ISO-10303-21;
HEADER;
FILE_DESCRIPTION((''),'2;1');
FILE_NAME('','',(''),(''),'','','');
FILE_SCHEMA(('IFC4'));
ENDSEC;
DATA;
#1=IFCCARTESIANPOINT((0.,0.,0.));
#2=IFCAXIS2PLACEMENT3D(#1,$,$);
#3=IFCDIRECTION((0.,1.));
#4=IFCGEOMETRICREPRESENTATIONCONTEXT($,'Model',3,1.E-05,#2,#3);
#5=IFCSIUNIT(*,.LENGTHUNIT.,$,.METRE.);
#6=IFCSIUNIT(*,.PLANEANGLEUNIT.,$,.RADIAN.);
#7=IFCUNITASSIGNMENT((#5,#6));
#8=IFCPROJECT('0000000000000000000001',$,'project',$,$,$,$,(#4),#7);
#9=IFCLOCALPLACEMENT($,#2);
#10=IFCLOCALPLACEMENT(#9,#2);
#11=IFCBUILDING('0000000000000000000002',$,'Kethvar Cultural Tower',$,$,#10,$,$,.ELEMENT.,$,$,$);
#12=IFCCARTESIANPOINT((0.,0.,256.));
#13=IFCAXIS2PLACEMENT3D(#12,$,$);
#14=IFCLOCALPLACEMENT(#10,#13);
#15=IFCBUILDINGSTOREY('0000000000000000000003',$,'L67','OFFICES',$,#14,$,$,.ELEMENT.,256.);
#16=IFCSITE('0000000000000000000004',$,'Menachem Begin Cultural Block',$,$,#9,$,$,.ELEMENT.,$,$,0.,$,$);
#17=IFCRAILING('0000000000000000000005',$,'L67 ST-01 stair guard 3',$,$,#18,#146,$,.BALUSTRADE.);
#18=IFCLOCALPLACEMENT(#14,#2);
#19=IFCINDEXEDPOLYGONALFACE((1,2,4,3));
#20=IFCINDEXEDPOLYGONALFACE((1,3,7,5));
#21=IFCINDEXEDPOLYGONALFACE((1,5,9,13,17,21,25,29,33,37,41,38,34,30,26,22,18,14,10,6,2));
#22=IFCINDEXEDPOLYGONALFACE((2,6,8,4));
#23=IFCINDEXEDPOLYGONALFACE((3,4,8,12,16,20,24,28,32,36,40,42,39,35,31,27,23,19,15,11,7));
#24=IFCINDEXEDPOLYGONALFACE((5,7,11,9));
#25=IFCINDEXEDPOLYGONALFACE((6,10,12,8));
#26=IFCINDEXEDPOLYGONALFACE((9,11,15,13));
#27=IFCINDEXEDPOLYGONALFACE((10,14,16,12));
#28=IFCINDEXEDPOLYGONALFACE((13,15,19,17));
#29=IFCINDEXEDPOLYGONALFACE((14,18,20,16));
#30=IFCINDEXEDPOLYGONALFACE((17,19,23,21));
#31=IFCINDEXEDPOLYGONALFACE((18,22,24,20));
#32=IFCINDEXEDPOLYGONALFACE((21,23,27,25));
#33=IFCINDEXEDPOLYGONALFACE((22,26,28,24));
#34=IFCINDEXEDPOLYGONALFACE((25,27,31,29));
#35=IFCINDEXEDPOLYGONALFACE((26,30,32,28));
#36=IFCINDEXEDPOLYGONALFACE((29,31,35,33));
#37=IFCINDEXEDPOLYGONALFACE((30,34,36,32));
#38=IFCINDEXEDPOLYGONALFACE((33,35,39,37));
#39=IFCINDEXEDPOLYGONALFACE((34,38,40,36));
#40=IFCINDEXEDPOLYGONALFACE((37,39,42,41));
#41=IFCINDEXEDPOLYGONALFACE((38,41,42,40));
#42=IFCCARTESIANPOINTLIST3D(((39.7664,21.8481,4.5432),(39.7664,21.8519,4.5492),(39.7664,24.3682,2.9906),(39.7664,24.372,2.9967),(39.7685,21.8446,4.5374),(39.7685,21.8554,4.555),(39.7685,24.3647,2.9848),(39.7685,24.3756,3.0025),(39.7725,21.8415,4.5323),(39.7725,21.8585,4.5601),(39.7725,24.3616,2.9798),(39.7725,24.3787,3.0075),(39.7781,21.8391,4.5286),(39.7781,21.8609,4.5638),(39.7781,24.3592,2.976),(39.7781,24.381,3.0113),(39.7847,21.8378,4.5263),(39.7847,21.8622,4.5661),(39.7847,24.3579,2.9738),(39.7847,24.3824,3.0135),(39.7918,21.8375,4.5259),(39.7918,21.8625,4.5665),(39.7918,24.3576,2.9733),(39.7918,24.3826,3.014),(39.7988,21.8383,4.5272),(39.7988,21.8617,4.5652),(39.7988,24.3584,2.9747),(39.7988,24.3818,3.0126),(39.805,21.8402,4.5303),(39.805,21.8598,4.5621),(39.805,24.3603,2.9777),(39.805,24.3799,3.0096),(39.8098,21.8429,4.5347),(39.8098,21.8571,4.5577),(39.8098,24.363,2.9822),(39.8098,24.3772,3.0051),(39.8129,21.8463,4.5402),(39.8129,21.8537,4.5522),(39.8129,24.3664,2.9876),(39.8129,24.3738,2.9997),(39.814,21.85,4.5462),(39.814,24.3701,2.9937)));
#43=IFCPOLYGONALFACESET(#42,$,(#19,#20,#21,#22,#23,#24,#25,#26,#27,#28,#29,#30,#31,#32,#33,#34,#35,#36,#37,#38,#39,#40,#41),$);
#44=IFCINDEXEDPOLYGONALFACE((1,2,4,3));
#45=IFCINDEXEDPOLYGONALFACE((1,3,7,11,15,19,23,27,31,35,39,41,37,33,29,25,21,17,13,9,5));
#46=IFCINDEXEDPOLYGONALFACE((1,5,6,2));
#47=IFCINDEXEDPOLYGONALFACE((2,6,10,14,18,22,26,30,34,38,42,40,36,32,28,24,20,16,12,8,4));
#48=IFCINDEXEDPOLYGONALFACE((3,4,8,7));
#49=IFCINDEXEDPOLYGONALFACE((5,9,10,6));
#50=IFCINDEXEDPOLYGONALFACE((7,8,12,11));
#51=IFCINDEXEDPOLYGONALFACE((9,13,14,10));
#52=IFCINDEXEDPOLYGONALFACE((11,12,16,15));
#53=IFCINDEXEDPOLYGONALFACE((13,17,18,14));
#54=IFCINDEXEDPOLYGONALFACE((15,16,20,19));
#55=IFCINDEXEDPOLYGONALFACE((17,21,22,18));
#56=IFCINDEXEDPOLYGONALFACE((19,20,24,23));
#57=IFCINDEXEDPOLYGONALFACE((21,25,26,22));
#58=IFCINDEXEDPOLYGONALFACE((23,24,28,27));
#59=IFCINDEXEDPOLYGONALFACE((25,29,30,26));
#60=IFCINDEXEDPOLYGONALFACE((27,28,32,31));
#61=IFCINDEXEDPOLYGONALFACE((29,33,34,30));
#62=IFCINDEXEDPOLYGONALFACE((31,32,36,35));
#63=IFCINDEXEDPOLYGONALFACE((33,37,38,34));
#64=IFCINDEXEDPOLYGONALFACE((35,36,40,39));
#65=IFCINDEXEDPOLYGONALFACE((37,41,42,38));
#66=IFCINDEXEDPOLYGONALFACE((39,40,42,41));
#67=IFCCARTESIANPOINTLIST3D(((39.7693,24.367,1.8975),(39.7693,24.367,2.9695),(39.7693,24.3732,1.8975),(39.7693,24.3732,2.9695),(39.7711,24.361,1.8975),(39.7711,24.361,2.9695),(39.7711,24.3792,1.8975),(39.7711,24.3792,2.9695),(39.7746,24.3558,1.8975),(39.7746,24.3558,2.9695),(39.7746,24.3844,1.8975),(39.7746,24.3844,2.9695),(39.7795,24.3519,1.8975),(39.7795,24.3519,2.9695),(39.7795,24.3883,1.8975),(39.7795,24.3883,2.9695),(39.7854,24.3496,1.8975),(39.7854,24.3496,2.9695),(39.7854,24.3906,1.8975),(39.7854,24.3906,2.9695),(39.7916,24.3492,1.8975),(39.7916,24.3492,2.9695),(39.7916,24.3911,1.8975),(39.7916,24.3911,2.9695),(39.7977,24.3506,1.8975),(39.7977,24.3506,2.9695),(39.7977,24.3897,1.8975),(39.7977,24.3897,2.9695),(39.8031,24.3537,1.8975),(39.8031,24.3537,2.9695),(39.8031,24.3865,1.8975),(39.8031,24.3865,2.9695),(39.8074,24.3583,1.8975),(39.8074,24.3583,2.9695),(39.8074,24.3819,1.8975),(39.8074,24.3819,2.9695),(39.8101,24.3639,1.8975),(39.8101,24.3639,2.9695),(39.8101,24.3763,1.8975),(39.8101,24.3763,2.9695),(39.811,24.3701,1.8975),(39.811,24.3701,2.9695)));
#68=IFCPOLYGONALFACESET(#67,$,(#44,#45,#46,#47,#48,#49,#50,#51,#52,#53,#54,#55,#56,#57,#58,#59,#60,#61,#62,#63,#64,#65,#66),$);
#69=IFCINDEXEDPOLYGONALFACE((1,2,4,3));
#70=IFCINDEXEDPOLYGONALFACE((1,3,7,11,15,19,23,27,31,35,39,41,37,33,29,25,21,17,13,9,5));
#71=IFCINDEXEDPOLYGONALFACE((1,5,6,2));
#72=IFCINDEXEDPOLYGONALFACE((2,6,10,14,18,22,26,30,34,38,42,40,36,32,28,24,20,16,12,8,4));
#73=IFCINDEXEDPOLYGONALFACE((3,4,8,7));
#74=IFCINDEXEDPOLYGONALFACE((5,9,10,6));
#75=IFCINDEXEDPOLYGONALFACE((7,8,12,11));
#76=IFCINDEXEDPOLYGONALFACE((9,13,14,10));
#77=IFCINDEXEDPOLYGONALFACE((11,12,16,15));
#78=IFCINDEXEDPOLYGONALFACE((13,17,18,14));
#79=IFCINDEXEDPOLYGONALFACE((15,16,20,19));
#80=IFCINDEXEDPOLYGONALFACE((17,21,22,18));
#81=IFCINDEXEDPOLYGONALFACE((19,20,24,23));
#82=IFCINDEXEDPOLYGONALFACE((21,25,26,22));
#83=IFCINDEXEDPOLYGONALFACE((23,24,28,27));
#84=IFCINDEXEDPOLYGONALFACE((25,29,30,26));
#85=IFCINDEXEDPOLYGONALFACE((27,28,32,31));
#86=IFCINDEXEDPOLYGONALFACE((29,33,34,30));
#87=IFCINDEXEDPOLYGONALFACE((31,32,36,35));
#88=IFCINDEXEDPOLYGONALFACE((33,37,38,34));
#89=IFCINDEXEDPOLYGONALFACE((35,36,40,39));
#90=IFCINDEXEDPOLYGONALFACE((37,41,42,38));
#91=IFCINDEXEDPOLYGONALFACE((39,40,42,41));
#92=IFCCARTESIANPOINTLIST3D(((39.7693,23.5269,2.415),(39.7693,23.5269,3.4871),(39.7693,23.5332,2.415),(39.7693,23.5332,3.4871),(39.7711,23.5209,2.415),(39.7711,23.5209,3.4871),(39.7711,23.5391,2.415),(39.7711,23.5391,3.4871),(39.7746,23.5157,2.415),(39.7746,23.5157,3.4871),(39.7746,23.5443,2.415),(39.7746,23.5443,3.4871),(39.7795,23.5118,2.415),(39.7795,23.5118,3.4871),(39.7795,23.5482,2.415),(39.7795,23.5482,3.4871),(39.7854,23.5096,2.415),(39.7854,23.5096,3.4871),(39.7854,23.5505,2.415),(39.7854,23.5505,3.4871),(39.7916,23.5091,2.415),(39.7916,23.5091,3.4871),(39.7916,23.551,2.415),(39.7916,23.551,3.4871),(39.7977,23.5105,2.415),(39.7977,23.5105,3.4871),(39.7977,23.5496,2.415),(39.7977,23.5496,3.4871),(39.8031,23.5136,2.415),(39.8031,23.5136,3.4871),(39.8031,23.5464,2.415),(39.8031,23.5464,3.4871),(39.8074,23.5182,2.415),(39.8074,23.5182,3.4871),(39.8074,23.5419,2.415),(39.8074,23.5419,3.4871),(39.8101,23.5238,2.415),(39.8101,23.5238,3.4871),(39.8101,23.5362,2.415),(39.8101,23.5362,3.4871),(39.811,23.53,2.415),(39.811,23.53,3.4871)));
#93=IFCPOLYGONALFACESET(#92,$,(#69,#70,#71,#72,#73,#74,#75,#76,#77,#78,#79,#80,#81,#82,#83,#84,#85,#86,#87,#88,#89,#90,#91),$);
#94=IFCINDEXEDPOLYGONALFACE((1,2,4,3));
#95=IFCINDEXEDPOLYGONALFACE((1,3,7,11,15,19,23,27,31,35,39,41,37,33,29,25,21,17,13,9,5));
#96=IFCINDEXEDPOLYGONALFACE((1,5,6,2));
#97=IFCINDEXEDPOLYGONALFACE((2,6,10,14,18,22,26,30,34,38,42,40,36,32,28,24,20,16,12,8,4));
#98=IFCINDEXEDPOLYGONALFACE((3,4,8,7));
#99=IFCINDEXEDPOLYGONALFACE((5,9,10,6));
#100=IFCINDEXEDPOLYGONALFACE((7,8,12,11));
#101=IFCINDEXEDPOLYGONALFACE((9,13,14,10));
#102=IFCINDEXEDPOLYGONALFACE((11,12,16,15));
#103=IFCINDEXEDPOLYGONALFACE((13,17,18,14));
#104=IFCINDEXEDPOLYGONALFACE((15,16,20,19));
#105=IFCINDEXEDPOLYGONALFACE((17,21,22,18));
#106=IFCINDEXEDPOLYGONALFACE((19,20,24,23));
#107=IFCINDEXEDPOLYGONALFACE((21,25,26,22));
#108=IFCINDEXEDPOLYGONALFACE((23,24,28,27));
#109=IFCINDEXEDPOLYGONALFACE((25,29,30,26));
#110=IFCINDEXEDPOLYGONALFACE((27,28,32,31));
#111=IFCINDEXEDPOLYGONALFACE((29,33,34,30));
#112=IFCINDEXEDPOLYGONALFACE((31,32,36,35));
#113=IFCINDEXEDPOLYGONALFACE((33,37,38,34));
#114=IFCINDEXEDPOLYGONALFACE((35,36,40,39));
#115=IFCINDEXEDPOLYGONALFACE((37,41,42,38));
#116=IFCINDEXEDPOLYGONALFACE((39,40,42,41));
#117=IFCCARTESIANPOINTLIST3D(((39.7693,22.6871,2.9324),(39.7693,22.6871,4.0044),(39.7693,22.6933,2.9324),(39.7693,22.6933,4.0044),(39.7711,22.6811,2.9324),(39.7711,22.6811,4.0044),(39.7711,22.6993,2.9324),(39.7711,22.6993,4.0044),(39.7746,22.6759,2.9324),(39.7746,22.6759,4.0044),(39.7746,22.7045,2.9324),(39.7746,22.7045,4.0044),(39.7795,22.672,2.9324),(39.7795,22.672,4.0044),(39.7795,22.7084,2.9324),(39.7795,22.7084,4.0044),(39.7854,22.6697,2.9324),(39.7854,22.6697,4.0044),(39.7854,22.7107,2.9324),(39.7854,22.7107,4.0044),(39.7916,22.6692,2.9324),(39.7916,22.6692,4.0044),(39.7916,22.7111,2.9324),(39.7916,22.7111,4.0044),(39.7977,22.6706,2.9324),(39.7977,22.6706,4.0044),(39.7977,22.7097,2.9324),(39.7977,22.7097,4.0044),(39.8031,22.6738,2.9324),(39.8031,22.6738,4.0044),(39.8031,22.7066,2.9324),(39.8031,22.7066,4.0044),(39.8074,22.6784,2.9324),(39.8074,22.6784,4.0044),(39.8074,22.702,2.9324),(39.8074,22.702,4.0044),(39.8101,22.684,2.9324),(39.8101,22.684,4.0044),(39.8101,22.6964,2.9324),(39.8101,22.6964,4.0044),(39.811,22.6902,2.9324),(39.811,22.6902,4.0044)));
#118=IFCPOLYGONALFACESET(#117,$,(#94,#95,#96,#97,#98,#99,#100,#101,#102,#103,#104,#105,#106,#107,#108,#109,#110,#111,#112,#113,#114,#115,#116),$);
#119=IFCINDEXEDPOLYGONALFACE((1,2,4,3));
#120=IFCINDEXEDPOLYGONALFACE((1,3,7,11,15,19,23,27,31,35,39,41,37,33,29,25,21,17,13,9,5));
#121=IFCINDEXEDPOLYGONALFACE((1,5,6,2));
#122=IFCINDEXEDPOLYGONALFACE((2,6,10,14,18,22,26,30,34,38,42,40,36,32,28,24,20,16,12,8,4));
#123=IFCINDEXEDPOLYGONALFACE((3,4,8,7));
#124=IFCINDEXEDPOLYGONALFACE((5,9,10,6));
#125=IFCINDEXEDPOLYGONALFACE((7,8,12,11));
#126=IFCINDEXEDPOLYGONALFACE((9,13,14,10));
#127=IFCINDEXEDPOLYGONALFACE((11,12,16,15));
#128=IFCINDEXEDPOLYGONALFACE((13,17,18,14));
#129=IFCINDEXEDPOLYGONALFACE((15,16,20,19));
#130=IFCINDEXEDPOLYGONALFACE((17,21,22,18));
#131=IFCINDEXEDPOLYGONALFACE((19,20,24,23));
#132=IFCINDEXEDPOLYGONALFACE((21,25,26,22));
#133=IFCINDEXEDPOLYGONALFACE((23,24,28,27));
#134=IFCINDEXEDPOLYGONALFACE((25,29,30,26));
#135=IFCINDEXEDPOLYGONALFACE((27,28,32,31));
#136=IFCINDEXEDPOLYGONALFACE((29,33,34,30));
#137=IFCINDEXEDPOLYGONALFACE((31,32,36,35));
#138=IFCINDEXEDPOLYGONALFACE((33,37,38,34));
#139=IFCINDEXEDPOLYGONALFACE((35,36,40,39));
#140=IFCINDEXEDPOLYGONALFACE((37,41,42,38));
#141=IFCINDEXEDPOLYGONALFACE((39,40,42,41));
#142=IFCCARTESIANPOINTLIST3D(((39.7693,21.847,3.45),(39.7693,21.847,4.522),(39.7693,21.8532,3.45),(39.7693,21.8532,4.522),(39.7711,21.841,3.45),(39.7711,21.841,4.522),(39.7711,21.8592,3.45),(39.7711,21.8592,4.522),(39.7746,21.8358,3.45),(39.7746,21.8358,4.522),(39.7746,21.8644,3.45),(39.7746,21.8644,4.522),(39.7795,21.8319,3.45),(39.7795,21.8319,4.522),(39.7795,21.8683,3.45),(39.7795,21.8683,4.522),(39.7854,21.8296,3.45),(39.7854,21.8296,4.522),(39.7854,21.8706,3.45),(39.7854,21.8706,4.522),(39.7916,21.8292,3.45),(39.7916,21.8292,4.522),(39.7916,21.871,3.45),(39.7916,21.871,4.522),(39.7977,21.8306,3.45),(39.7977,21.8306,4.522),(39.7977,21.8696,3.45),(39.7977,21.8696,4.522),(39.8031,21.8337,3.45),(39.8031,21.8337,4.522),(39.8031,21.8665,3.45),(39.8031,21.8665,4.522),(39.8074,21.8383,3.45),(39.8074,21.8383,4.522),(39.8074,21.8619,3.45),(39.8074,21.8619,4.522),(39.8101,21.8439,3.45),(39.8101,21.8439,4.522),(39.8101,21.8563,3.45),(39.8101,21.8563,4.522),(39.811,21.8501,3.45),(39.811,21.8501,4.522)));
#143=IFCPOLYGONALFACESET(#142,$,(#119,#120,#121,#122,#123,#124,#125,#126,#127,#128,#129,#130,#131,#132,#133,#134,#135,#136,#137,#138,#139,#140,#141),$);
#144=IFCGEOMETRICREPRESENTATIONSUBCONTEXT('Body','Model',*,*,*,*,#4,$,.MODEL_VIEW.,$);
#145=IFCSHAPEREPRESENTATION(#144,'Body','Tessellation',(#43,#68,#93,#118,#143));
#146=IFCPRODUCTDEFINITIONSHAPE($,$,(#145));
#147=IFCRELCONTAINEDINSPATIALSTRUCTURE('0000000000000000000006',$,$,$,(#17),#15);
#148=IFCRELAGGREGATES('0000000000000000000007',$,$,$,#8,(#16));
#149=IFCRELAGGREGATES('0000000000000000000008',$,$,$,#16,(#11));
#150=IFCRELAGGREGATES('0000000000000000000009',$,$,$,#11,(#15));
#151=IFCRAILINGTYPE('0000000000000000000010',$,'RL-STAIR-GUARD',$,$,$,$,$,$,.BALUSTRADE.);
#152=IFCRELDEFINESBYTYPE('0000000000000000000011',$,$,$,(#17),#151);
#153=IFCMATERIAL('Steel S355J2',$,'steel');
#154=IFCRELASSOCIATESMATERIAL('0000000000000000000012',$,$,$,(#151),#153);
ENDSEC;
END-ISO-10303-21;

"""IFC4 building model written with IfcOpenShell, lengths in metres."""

from ifc_helpers import new_model, si_unit, direction, frame, origin, origin_2d, place, context, subcontext, project, spatial, circle, extrude, material, type_object, element, save


model = new_model("IFC4")

# Units and contexts
model_context = context("Model", 3, precision=1e-05, world=origin(), true_north=direction((0.0, 1.0)))
body_context = subcontext(model_context, "Body", "Model", "MODEL_VIEW")
ifc_project = project(units=[si_unit("LENGTHUNIT", "METRE"), si_unit("PLANEANGLEUNIT", "RADIAN")], contexts=[model_context])

# Site, building, storey
site_placement = place(None, origin())
site = spatial("IfcSite", under=ifc_project, at=site_placement, Name="Menachem Begin Cultural Block", CompositionType="ELEMENT", RefElevation=0.0)
building_placement = place(site_placement, origin())
building = spatial("IfcBuilding", under=site, at=building_placement, Name="Kethvar Cultural Tower", CompositionType="ELEMENT")
storey_placement = place(building_placement, frame((0.0, 0.0, 256.0)))
storey = spatial("IfcBuildingStorey", under=building, at=storey_placement, Name="L67", Description="OFFICES", CompositionType="ELEMENT", Elevation=256.0)

# Shared definitions
ifc_material_1 = material(Name="Steel S355J2", Category="steel")

# Railing
railing_type_1 = type_object("IfcRailingType", Name="RL-STAIR-GUARD", PredefinedType="BALUSTRADE", material=ifc_material_1)
railing_1_placement = place(storey_placement, frame((39.79, 24.3701, 1.8975)))
element("IfcRailing", 1, at=railing_1_placement, inside=storey, type_object=railing_type_1, Name="L67 ST-01 stair guard 3", PredefinedType="BALUSTRADE", context=body_context, shape_type="SweptSolid", body=[
    extrude(circle(Radius=0.0239, at=origin_2d()), frame((0.0, 0.0, 1.0962), z_axis=(0.0, -0.8514, 0.524516), x_axis=(1.0, 0.0, 0.0)), (0.0, 0.0, 1.0), 2.96),
    extrude(circle(Radius=0.021, at=origin_2d()), origin(), (0.0, 0.0, 1.0), 1.072),
    extrude(circle(Radius=0.021, at=origin_2d()), frame((0.0, -0.8401, 0.5176)), (0.0, 0.0, 1.0), 1.072),
    extrude(circle(Radius=0.021, at=origin_2d()), frame((0.0, -1.6799, 1.0349)), (0.0, 0.0, 1.0), 1.072),
    extrude(circle(Radius=0.021, at=origin_2d()), frame((0.0, -2.52, 1.5525)), (0.0, 0.0, 1.0), 1.072),
])

save(model, "model.ifc")
